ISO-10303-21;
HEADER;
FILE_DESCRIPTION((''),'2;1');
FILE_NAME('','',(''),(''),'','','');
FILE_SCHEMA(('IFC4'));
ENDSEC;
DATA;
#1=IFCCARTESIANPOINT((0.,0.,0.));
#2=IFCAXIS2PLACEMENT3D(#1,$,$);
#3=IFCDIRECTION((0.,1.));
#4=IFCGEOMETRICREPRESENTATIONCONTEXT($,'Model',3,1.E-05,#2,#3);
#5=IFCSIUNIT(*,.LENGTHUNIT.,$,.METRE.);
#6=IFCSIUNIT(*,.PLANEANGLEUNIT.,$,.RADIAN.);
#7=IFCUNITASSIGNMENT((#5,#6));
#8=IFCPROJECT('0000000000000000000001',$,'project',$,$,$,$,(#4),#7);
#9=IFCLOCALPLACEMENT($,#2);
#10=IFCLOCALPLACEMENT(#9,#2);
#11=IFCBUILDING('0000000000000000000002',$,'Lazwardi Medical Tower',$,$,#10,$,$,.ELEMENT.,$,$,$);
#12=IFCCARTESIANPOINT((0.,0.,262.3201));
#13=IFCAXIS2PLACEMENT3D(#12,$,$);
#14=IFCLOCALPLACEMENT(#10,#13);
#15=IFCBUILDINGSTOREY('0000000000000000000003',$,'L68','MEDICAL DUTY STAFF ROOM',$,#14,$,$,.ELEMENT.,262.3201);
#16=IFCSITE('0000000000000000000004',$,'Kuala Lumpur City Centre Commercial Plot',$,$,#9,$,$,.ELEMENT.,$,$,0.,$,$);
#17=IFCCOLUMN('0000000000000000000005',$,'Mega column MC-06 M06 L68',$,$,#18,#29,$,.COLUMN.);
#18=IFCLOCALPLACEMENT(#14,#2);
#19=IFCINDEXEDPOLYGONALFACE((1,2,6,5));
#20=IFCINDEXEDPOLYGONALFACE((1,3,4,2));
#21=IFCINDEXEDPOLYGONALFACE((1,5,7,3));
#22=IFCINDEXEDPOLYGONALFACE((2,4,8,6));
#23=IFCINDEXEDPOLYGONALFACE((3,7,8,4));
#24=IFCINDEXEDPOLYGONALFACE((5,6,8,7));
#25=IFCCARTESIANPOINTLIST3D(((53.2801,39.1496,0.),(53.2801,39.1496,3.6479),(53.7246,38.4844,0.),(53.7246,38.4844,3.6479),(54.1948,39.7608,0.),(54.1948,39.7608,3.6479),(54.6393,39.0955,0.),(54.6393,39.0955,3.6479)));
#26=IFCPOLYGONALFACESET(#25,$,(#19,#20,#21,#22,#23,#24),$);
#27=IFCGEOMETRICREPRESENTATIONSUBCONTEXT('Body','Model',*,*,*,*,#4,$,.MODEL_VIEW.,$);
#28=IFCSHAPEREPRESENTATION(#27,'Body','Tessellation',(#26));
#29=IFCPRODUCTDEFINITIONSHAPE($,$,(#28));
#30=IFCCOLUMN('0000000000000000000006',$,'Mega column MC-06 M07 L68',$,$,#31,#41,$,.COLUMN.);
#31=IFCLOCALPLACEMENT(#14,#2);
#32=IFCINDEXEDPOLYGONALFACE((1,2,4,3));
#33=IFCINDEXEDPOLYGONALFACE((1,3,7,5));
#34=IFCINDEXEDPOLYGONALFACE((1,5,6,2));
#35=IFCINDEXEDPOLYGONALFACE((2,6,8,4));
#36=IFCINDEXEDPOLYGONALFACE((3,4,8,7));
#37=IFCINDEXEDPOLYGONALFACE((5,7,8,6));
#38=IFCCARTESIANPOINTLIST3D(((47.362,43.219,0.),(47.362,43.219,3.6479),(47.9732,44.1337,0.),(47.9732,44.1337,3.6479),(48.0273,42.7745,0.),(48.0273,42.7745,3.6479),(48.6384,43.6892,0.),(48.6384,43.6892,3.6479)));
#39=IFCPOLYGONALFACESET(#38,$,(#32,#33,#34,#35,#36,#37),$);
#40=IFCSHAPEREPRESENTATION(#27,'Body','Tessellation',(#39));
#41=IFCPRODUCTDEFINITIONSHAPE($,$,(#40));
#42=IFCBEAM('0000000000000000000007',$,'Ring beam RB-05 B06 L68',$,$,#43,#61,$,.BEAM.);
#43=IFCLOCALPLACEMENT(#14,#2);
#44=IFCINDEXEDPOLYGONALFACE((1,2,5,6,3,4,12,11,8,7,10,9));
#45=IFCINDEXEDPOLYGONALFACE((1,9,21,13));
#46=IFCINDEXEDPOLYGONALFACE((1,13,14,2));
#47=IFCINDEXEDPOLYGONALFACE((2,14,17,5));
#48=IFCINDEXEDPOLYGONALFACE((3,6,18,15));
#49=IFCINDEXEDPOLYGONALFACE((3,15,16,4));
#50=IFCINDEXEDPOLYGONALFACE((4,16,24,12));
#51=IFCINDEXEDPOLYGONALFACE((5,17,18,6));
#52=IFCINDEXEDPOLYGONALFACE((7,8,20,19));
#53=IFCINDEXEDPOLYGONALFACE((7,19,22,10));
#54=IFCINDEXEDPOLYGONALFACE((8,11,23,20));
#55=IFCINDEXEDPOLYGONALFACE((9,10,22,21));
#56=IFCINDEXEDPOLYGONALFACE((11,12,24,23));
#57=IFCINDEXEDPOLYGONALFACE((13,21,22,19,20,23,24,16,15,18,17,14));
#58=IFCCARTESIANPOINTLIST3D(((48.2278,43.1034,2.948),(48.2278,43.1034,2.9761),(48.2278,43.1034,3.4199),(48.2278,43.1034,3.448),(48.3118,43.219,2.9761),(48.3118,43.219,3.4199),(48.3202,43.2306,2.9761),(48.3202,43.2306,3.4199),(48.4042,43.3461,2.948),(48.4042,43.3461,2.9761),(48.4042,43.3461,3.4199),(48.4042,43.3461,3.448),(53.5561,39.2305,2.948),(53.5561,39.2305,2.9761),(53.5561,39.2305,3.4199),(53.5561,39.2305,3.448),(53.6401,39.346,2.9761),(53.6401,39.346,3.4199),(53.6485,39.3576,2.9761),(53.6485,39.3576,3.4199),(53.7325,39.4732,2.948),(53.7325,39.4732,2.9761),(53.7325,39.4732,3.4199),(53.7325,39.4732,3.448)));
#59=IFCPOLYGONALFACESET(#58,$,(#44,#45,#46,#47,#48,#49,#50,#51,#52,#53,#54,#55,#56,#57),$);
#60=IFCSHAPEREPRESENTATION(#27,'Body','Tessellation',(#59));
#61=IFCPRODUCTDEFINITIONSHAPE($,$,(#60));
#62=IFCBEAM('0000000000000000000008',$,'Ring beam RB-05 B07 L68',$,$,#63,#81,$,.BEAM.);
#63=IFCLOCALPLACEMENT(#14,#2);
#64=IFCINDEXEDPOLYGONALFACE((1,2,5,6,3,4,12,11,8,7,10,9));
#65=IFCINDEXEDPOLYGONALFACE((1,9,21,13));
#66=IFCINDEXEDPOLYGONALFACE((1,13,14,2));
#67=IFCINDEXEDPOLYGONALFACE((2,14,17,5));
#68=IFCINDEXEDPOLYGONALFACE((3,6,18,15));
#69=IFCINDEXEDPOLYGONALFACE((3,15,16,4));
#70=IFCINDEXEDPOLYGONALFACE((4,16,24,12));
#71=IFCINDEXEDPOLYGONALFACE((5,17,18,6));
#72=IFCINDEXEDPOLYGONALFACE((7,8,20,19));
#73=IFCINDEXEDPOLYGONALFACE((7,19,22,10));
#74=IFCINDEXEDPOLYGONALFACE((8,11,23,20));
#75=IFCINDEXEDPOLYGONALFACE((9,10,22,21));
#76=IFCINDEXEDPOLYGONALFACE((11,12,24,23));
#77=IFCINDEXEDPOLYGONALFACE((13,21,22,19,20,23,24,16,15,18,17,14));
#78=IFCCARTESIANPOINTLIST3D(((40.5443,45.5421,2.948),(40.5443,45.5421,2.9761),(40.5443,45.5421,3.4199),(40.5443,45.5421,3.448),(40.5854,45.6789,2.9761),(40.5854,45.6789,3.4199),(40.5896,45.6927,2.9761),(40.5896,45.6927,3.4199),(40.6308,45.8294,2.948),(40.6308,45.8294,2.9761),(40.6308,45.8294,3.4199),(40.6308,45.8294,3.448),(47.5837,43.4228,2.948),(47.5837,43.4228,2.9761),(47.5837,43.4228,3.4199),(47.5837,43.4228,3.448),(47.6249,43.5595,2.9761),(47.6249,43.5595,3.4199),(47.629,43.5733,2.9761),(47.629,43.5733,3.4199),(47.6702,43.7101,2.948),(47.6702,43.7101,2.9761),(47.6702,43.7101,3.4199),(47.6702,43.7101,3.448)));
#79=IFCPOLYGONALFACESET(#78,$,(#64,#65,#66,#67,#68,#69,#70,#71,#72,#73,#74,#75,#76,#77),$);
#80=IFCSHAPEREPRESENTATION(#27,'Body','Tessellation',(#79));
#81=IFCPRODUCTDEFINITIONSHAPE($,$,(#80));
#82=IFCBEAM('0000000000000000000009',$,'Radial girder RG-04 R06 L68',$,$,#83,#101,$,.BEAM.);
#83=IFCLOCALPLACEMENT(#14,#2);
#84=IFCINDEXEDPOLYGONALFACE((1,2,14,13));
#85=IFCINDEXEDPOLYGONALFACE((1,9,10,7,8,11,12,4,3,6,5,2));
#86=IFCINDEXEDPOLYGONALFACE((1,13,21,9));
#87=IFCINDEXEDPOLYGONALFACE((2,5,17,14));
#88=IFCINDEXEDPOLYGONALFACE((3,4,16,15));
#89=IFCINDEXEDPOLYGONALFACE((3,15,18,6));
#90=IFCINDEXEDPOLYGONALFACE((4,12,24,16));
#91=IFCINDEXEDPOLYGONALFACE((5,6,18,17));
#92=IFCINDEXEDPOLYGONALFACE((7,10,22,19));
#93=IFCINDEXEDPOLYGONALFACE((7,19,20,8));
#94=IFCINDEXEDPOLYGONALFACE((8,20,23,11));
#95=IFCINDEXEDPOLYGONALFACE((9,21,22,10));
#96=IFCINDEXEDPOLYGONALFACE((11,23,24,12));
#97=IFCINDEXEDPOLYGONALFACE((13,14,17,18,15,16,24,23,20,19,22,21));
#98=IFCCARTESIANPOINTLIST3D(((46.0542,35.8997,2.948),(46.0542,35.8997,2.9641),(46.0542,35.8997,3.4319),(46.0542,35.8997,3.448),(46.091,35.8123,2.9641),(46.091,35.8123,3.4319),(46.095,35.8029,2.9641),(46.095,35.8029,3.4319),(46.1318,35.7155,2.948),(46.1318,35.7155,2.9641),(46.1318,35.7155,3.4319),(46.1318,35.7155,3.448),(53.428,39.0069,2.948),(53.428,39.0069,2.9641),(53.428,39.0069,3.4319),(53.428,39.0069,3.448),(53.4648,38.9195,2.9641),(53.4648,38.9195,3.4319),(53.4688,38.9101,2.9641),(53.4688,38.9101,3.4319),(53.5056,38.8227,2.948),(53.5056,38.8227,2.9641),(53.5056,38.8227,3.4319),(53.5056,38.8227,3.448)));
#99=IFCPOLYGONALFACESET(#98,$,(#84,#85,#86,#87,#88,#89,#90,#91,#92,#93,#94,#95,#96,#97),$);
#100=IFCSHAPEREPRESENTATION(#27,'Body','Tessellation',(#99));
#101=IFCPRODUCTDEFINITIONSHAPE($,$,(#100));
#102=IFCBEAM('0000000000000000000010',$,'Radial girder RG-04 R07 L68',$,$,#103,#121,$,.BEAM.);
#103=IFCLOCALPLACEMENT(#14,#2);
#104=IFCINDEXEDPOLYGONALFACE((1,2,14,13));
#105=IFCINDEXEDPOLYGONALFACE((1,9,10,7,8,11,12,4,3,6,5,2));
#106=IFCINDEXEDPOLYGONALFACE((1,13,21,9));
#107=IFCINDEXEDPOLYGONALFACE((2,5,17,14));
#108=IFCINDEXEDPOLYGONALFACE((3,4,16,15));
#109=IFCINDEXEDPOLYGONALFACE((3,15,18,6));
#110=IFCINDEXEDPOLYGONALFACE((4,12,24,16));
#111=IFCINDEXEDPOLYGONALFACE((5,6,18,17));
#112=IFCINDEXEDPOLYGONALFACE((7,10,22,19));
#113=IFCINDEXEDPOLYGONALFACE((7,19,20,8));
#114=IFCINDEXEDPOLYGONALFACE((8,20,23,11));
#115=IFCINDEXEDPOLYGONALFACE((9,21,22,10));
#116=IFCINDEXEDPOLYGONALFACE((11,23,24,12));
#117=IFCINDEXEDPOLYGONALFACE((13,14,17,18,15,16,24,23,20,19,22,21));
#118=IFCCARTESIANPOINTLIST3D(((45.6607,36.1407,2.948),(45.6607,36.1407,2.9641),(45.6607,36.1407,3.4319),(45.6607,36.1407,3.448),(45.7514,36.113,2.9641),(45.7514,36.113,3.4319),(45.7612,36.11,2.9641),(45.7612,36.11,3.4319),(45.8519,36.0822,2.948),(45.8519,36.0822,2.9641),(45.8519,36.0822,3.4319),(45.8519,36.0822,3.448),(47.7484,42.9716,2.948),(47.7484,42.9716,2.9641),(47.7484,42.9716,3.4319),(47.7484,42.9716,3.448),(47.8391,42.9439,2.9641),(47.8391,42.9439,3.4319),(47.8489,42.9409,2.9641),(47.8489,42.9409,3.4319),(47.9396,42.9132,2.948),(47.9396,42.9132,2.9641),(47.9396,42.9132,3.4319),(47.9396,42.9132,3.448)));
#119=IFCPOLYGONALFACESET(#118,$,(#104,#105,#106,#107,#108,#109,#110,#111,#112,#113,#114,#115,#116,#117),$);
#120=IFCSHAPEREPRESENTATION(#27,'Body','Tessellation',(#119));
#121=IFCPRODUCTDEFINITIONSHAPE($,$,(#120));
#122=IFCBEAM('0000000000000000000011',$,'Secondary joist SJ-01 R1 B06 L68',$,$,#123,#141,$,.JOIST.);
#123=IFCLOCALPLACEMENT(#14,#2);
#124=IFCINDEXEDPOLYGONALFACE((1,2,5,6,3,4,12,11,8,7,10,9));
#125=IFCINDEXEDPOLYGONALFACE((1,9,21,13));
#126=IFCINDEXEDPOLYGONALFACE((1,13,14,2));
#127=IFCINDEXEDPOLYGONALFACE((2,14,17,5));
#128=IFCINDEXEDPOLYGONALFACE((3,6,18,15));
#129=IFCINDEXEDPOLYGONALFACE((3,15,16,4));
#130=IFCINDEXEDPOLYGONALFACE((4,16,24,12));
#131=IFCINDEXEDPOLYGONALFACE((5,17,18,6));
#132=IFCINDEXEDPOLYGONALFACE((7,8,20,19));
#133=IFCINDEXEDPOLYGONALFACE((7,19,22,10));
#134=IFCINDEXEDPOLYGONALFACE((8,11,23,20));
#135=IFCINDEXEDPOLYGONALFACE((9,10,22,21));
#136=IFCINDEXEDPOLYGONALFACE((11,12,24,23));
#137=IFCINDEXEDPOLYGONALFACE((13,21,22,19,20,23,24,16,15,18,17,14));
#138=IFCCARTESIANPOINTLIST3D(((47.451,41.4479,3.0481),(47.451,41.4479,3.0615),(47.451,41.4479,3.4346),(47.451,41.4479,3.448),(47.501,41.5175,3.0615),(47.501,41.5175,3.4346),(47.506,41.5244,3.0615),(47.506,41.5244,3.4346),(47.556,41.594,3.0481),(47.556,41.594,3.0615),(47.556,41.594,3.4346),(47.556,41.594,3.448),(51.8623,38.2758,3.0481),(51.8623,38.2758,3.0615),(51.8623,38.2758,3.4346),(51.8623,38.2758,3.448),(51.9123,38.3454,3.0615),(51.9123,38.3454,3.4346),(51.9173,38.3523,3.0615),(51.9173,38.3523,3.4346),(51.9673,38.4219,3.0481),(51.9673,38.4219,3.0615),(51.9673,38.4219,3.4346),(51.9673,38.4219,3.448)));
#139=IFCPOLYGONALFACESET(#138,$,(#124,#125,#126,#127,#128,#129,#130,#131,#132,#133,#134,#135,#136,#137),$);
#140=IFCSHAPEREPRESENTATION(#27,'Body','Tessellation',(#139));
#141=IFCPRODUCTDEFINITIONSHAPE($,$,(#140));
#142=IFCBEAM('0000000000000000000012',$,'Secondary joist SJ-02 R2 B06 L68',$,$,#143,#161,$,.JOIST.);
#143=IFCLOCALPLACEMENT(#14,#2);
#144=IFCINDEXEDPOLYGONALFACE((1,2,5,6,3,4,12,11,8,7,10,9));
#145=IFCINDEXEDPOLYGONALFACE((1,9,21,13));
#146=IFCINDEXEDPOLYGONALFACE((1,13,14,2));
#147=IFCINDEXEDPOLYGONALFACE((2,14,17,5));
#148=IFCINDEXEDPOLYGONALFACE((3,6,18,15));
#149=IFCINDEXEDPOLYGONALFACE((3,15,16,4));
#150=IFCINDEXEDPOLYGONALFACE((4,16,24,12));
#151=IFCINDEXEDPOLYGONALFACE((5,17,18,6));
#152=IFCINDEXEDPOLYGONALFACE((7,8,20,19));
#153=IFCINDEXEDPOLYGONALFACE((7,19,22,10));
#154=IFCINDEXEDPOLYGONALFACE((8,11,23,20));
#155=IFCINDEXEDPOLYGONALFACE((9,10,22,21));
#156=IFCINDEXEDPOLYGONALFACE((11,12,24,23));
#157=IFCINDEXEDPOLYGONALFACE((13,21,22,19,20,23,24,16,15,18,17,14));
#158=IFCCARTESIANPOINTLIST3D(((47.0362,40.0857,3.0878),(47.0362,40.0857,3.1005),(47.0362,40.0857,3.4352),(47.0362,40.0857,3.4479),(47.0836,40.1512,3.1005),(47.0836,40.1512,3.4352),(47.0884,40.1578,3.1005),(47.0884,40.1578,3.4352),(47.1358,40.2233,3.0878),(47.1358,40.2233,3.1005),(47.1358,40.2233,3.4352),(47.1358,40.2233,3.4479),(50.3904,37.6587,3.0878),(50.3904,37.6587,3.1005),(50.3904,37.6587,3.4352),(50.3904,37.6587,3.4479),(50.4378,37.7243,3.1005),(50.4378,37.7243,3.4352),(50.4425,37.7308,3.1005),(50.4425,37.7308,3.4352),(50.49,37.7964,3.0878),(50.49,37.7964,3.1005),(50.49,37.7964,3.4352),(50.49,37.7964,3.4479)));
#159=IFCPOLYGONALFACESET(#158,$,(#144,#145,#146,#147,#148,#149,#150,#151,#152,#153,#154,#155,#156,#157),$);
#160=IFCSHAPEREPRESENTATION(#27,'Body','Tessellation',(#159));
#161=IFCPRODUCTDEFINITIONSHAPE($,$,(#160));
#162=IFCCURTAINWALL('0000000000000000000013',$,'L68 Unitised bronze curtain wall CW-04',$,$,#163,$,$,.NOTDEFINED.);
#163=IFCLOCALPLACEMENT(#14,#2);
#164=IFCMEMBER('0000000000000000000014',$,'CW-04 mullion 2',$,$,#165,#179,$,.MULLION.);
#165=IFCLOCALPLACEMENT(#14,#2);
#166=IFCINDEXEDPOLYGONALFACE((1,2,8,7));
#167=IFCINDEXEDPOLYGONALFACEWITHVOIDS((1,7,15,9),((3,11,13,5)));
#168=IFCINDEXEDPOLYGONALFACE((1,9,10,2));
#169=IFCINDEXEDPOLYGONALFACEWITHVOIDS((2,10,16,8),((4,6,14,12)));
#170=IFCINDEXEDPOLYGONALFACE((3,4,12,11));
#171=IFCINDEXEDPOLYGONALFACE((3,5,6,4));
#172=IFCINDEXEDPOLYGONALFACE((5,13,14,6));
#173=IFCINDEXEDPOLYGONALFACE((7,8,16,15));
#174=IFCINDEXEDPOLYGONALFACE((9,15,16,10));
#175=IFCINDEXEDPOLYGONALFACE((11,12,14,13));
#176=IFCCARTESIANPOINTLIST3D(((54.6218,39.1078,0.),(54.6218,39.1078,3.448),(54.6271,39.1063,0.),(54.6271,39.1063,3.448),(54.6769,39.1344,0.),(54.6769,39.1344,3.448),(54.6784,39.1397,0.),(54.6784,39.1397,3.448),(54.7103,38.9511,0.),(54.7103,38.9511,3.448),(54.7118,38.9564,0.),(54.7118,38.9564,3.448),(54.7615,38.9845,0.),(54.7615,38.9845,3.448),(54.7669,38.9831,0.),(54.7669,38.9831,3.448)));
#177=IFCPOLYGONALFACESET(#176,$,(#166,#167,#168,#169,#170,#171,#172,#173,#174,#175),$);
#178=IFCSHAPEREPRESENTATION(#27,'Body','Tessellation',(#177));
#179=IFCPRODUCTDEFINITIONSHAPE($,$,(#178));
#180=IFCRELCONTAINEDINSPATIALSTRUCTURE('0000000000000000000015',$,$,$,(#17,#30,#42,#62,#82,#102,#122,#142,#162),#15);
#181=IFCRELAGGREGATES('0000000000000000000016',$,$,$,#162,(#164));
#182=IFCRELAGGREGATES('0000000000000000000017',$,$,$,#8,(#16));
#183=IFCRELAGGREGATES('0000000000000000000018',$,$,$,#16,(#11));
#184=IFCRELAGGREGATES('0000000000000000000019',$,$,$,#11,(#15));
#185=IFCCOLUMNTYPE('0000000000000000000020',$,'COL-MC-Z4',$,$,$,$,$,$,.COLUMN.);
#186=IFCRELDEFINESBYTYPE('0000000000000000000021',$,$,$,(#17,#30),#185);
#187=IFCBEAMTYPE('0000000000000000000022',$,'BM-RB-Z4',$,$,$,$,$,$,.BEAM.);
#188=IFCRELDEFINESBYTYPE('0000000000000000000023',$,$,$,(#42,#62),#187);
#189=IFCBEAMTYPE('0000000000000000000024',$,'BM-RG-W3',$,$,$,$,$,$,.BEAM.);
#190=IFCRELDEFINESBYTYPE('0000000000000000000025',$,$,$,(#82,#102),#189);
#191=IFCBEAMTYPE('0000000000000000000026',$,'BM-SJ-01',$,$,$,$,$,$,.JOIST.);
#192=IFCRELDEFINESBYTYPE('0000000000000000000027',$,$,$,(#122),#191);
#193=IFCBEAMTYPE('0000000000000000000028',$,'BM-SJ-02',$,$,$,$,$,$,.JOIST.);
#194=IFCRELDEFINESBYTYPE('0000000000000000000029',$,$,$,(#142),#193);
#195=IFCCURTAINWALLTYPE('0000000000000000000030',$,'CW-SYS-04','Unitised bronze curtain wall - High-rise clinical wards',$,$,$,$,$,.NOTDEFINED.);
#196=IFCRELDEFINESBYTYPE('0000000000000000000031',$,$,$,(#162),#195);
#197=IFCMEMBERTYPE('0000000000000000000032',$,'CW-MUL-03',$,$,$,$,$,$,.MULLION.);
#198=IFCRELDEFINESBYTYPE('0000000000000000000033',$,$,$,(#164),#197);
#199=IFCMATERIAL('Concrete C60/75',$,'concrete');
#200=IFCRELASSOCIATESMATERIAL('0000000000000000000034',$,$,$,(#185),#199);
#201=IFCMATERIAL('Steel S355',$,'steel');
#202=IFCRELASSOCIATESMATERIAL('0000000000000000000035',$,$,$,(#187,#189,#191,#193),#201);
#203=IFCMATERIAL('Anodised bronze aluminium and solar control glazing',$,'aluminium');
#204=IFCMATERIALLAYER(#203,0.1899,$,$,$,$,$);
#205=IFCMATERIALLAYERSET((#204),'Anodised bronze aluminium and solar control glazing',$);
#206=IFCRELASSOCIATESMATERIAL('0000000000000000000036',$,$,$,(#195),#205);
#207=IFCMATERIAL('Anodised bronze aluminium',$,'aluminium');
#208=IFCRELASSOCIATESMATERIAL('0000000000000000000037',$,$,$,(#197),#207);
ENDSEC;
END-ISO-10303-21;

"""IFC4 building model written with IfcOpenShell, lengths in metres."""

from ifc_helpers import new_model, si_unit, direction, frame, origin, origin_2d, place, context, subcontext, project, spatial, rectangle, hollow_rectangle, i_section, extrude, material, layer, layer_set, material_profile, profile_set, type_object, element, aggregate, save


model = new_model("IFC4")

# Units and contexts
model_context = context("Model", 3, precision=1e-05, world=origin(), true_north=direction((0.0, 1.0)))
body_context = subcontext(model_context, "Body", "Model", "MODEL_VIEW")
ifc_project = project(units=[si_unit("LENGTHUNIT", "METRE"), si_unit("PLANEANGLEUNIT", "RADIAN")], contexts=[model_context])

# Site, building, storey
site_placement = place(None, origin())
site = spatial("IfcSite", under=ifc_project, at=site_placement, Name="Kuala Lumpur City Centre Commercial Plot", CompositionType="ELEMENT", RefElevation=0.0)
building_placement = place(site_placement, origin())
building = spatial("IfcBuilding", under=site, at=building_placement, Name="Lazwardi Medical Tower", CompositionType="ELEMENT")
storey_placement = place(building_placement, frame((0.0, 0.0, 262.3201)))
storey = spatial("IfcBuildingStorey", under=building, at=storey_placement, Name="L68", Description="MEDICAL DUTY STAFF ROOM", CompositionType="ELEMENT", Elevation=262.3201)

# Columns
ifc_material_1 = material(Name="Concrete C60/75", Category="concrete")
ifc_material_profile_1 = material_profile(ifc_material_1, rectangle(XDim=1.1001, YDim=0.8, at=origin_2d()), Name="CFT-RECT 1100x800")
ifc_profile_set_1 = profile_set([ifc_material_profile_1], Name="Concrete C60/75")
column_type = type_object("IfcColumnType", Name="COL-MC-Z4", PredefinedType="COLUMN", material=ifc_profile_set_1)
for number, where, z_axis, x_axis, name in (
    (1, (53.9597, 39.1226, 0.0), (0.0, 0.0, 1.0), (0.83147, 0.55557, 0.0), "Mega column MC-06 M06 L68"),
    (2, (48.0002, 43.4541, 0.0), (0.0, 0.0, 1.0), (0.55557, 0.83147, 0.0), "Mega column MC-06 M07 L68"),
):
    element("IfcColumn", number, at=place(storey_placement, frame(where, z_axis=z_axis, x_axis=x_axis)), inside=storey, type_object=column_type, Name=name, PredefinedType="COLUMN", context=body_context, shape_type="SweptSolid", body=[
        extrude(rectangle(XDim=1.1001, YDim=0.8, at=origin_2d()), origin(), (0.0, 0.0, 1.0), 3.6479),
    ])

# Beams
ifc_material_2 = material(Name="Steel S355", Category="steel")
ifc_material_profile_2 = material_profile(ifc_material_2, i_section(OverallWidth=0.3, OverallDepth=0.5, WebThickness=0.0144, FlangeThickness=0.0281, at=origin_2d()), Name="HEB 500")
ifc_profile_set_2 = profile_set([ifc_material_profile_2], Name="Steel S355")
beam_type_1 = type_object("IfcBeamType", Name="BM-RB-Z4", PredefinedType="BEAM", material=ifc_profile_set_2)
beam_1_placement = place(storey_placement, frame((53.6443, 39.3518, 3.198), z_axis=(-0.80889, 0.58796, 0.0), x_axis=(-0.58796, -0.80889, 0.0)))
element("IfcBeam", 3, at=beam_1_placement, inside=storey, type_object=beam_type_1, Name="Ring beam RB-05 B06 L68", PredefinedType="BEAM", context=body_context, shape_type="SweptSolid", body=[
    extrude(i_section(OverallWidth=0.3, OverallDepth=0.5, WebThickness=0.0144, FlangeThickness=0.0281, at=origin_2d()), origin(), (0.0, 0.0, 1.0), 6.5872),
])
beam_2_placement = place(storey_placement, frame((47.627, 43.5664, 3.198), z_axis=(-0.957544, 0.288286, 0.0), x_axis=(-0.288286, -0.957544, 0.0)))
element("IfcBeam", 4, at=beam_2_placement, inside=storey, type_object=beam_type_1, Name="Ring beam RB-05 B07 L68", PredefinedType="BEAM", context=body_context, shape_type="SweptSolid", body=[
    extrude(i_section(OverallWidth=0.3, OverallDepth=0.5, WebThickness=0.0144, FlangeThickness=0.0281, at=origin_2d()), origin(), (0.0, 0.0, 1.0), 7.3516),
])
ifc_material_profile_3 = material_profile(ifc_material_2, i_section(OverallWidth=0.2, OverallDepth=0.5, WebThickness=0.0103, FlangeThickness=0.0161, at=origin_2d()), Name="IPE 500")
ifc_profile_set_3 = profile_set([ifc_material_profile_3], Name="Steel S355")
beam_type_2 = type_object("IfcBeamType", Name="BM-RG-W3", PredefinedType="BEAM", material=ifc_profile_set_3)
beam_3_placement = place(storey_placement, frame((53.4668, 38.9148, 3.198), z_axis=(-0.921527, -0.388315, 0.0), x_axis=(0.388315, -0.921527, 0.0)))
element("IfcBeam", 5, at=beam_3_placement, inside=storey, type_object=beam_type_2, Name="Radial girder RG-04 R06 L68", PredefinedType="BEAM", context=body_context, shape_type="SweptSolid", body=[
    extrude(i_section(OverallWidth=0.2, OverallDepth=0.5, WebThickness=0.0103, FlangeThickness=0.0161, at=origin_2d()), origin(), (0.0, 0.0, 1.0), 8.0017),
])
beam_4_placement = place(storey_placement, frame((47.844, 42.9424, 3.198), z_axis=(-0.292277, -0.956334, 0.0), x_axis=(0.956334, -0.292277, 0.0)))
element("IfcBeam", 6, at=beam_4_placement, inside=storey, type_object=beam_type_2, Name="Radial girder RG-04 R07 L68", PredefinedType="BEAM", context=body_context, shape_type="SweptSolid", body=[
    extrude(i_section(OverallWidth=0.2, OverallDepth=0.5, WebThickness=0.0103, FlangeThickness=0.0161, at=origin_2d()), origin(), (0.0, 0.0, 1.0), 7.1428),
])
ifc_material_profile_4 = material_profile(ifc_material_2, i_section(OverallWidth=0.1799, OverallDepth=0.3999, WebThickness=0.0085, FlangeThickness=0.0134, at=origin_2d()), Name="IPE 400")
ifc_profile_set_4 = profile_set([ifc_material_profile_4], Name="Steel S355")
beam_type_3 = type_object("IfcBeamType", Name="BM-SJ-01", PredefinedType="JOIST", material=ifc_profile_set_4)
beam_5_placement = place(storey_placement, frame((51.9148, 38.3489, 3.248), z_axis=(-0.81189, 0.583811, 0.0), x_axis=(-0.583811, -0.81189, 0.0)))
element("IfcBeam", 7, at=beam_5_placement, inside=storey, type_object=beam_type_3, Name="Secondary joist SJ-01 R1 B06 L68", PredefinedType="JOIST", context=body_context, shape_type="SweptSolid", body=[
    extrude(i_section(OverallWidth=0.1799, OverallDepth=0.3999, WebThickness=0.0085, FlangeThickness=0.0134, at=origin_2d()), origin(), (0.0, 0.0, 1.0), 5.4333),
])
ifc_material_profile_5 = material_profile(ifc_material_2, i_section(OverallWidth=0.1699, OverallDepth=0.3601, WebThickness=0.0081, FlangeThickness=0.0127, at=origin_2d()), Name="IPE 360")
ifc_profile_set_5 = profile_set([ifc_material_profile_5], Name="Steel S355")
beam_type_4 = type_object("IfcBeamType", Name="BM-SJ-02", PredefinedType="JOIST", material=ifc_profile_set_5)
beam_6_placement = place(storey_placement, frame((50.4402, 37.7275, 3.2678), z_axis=(-0.810164, 0.586203, 0.0), x_axis=(-0.586203, -0.810164, 0.0)))
element("IfcBeam", 8, at=beam_6_placement, inside=storey, type_object=beam_type_4, Name="Secondary joist SJ-02 R2 B06 L68", PredefinedType="JOIST", context=body_context, shape_type="SweptSolid", body=[
    extrude(i_section(OverallWidth=0.1699, OverallDepth=0.3601, WebThickness=0.0081, FlangeThickness=0.0127, at=origin_2d()), origin(), (0.0, 0.0, 1.0), 4.1401),
])

# Curtain wall, member
ifc_material_3 = material(Name="Anodised bronze aluminium and solar control glazing", Category="aluminium")
ifc_layer_1 = layer(ifc_material_3, 0.1899)
ifc_layer_set_1 = layer_set([ifc_layer_1], Name="Anodised bronze aluminium and solar control glazing")
curtain_wall_type = type_object("IfcCurtainWallType", Name="CW-SYS-04", Description="Unitised bronze curtain wall - High-rise clinical wards", PredefinedType="NOTDEFINED", material=ifc_layer_set_1)
curtain_wall_1_placement = place(storey_placement, origin())
curtain_wall_1 = element("IfcCurtainWall", 9, at=curtain_wall_1_placement, inside=storey, type_object=curtain_wall_type, Name="L68 Unitised bronze curtain wall CW-04", PredefinedType="NOTDEFINED")
ifc_material_4 = material(Name="Anodised bronze aluminium", Category="aluminium")
ifc_material_profile_6 = material_profile(ifc_material_4, hollow_rectangle(XDim=0.0649, YDim=0.1799, WallThickness=0.0039, at=origin_2d()), Name="ALU-MULLION 180x65x4")
ifc_profile_set_6 = profile_set([ifc_material_profile_6], Name="Anodised bronze aluminium")
member_type_1 = type_object("IfcMemberType", Name="CW-MUL-03", PredefinedType="MULLION", material=ifc_profile_set_6)
member_1_placement = place(storey_placement, frame((54.6943, 39.0454, 0.0), z_axis=(0.0, 0.0, 1.0), x_axis=(-0.870651, -0.4919, 0.0)))
member_1 = element("IfcMember", 10, at=member_1_placement, type_object=member_type_1, Name="CW-04 mullion 2", PredefinedType="MULLION", context=body_context, shape_type="SweptSolid", body=[
    extrude(hollow_rectangle(XDim=0.0649, YDim=0.1799, WallThickness=0.0039, at=origin_2d()), origin(), (0.0, 0.0, 1.0), 3.448),
])
aggregate(curtain_wall_1, [member_1])

save(model, "model.ifc")
